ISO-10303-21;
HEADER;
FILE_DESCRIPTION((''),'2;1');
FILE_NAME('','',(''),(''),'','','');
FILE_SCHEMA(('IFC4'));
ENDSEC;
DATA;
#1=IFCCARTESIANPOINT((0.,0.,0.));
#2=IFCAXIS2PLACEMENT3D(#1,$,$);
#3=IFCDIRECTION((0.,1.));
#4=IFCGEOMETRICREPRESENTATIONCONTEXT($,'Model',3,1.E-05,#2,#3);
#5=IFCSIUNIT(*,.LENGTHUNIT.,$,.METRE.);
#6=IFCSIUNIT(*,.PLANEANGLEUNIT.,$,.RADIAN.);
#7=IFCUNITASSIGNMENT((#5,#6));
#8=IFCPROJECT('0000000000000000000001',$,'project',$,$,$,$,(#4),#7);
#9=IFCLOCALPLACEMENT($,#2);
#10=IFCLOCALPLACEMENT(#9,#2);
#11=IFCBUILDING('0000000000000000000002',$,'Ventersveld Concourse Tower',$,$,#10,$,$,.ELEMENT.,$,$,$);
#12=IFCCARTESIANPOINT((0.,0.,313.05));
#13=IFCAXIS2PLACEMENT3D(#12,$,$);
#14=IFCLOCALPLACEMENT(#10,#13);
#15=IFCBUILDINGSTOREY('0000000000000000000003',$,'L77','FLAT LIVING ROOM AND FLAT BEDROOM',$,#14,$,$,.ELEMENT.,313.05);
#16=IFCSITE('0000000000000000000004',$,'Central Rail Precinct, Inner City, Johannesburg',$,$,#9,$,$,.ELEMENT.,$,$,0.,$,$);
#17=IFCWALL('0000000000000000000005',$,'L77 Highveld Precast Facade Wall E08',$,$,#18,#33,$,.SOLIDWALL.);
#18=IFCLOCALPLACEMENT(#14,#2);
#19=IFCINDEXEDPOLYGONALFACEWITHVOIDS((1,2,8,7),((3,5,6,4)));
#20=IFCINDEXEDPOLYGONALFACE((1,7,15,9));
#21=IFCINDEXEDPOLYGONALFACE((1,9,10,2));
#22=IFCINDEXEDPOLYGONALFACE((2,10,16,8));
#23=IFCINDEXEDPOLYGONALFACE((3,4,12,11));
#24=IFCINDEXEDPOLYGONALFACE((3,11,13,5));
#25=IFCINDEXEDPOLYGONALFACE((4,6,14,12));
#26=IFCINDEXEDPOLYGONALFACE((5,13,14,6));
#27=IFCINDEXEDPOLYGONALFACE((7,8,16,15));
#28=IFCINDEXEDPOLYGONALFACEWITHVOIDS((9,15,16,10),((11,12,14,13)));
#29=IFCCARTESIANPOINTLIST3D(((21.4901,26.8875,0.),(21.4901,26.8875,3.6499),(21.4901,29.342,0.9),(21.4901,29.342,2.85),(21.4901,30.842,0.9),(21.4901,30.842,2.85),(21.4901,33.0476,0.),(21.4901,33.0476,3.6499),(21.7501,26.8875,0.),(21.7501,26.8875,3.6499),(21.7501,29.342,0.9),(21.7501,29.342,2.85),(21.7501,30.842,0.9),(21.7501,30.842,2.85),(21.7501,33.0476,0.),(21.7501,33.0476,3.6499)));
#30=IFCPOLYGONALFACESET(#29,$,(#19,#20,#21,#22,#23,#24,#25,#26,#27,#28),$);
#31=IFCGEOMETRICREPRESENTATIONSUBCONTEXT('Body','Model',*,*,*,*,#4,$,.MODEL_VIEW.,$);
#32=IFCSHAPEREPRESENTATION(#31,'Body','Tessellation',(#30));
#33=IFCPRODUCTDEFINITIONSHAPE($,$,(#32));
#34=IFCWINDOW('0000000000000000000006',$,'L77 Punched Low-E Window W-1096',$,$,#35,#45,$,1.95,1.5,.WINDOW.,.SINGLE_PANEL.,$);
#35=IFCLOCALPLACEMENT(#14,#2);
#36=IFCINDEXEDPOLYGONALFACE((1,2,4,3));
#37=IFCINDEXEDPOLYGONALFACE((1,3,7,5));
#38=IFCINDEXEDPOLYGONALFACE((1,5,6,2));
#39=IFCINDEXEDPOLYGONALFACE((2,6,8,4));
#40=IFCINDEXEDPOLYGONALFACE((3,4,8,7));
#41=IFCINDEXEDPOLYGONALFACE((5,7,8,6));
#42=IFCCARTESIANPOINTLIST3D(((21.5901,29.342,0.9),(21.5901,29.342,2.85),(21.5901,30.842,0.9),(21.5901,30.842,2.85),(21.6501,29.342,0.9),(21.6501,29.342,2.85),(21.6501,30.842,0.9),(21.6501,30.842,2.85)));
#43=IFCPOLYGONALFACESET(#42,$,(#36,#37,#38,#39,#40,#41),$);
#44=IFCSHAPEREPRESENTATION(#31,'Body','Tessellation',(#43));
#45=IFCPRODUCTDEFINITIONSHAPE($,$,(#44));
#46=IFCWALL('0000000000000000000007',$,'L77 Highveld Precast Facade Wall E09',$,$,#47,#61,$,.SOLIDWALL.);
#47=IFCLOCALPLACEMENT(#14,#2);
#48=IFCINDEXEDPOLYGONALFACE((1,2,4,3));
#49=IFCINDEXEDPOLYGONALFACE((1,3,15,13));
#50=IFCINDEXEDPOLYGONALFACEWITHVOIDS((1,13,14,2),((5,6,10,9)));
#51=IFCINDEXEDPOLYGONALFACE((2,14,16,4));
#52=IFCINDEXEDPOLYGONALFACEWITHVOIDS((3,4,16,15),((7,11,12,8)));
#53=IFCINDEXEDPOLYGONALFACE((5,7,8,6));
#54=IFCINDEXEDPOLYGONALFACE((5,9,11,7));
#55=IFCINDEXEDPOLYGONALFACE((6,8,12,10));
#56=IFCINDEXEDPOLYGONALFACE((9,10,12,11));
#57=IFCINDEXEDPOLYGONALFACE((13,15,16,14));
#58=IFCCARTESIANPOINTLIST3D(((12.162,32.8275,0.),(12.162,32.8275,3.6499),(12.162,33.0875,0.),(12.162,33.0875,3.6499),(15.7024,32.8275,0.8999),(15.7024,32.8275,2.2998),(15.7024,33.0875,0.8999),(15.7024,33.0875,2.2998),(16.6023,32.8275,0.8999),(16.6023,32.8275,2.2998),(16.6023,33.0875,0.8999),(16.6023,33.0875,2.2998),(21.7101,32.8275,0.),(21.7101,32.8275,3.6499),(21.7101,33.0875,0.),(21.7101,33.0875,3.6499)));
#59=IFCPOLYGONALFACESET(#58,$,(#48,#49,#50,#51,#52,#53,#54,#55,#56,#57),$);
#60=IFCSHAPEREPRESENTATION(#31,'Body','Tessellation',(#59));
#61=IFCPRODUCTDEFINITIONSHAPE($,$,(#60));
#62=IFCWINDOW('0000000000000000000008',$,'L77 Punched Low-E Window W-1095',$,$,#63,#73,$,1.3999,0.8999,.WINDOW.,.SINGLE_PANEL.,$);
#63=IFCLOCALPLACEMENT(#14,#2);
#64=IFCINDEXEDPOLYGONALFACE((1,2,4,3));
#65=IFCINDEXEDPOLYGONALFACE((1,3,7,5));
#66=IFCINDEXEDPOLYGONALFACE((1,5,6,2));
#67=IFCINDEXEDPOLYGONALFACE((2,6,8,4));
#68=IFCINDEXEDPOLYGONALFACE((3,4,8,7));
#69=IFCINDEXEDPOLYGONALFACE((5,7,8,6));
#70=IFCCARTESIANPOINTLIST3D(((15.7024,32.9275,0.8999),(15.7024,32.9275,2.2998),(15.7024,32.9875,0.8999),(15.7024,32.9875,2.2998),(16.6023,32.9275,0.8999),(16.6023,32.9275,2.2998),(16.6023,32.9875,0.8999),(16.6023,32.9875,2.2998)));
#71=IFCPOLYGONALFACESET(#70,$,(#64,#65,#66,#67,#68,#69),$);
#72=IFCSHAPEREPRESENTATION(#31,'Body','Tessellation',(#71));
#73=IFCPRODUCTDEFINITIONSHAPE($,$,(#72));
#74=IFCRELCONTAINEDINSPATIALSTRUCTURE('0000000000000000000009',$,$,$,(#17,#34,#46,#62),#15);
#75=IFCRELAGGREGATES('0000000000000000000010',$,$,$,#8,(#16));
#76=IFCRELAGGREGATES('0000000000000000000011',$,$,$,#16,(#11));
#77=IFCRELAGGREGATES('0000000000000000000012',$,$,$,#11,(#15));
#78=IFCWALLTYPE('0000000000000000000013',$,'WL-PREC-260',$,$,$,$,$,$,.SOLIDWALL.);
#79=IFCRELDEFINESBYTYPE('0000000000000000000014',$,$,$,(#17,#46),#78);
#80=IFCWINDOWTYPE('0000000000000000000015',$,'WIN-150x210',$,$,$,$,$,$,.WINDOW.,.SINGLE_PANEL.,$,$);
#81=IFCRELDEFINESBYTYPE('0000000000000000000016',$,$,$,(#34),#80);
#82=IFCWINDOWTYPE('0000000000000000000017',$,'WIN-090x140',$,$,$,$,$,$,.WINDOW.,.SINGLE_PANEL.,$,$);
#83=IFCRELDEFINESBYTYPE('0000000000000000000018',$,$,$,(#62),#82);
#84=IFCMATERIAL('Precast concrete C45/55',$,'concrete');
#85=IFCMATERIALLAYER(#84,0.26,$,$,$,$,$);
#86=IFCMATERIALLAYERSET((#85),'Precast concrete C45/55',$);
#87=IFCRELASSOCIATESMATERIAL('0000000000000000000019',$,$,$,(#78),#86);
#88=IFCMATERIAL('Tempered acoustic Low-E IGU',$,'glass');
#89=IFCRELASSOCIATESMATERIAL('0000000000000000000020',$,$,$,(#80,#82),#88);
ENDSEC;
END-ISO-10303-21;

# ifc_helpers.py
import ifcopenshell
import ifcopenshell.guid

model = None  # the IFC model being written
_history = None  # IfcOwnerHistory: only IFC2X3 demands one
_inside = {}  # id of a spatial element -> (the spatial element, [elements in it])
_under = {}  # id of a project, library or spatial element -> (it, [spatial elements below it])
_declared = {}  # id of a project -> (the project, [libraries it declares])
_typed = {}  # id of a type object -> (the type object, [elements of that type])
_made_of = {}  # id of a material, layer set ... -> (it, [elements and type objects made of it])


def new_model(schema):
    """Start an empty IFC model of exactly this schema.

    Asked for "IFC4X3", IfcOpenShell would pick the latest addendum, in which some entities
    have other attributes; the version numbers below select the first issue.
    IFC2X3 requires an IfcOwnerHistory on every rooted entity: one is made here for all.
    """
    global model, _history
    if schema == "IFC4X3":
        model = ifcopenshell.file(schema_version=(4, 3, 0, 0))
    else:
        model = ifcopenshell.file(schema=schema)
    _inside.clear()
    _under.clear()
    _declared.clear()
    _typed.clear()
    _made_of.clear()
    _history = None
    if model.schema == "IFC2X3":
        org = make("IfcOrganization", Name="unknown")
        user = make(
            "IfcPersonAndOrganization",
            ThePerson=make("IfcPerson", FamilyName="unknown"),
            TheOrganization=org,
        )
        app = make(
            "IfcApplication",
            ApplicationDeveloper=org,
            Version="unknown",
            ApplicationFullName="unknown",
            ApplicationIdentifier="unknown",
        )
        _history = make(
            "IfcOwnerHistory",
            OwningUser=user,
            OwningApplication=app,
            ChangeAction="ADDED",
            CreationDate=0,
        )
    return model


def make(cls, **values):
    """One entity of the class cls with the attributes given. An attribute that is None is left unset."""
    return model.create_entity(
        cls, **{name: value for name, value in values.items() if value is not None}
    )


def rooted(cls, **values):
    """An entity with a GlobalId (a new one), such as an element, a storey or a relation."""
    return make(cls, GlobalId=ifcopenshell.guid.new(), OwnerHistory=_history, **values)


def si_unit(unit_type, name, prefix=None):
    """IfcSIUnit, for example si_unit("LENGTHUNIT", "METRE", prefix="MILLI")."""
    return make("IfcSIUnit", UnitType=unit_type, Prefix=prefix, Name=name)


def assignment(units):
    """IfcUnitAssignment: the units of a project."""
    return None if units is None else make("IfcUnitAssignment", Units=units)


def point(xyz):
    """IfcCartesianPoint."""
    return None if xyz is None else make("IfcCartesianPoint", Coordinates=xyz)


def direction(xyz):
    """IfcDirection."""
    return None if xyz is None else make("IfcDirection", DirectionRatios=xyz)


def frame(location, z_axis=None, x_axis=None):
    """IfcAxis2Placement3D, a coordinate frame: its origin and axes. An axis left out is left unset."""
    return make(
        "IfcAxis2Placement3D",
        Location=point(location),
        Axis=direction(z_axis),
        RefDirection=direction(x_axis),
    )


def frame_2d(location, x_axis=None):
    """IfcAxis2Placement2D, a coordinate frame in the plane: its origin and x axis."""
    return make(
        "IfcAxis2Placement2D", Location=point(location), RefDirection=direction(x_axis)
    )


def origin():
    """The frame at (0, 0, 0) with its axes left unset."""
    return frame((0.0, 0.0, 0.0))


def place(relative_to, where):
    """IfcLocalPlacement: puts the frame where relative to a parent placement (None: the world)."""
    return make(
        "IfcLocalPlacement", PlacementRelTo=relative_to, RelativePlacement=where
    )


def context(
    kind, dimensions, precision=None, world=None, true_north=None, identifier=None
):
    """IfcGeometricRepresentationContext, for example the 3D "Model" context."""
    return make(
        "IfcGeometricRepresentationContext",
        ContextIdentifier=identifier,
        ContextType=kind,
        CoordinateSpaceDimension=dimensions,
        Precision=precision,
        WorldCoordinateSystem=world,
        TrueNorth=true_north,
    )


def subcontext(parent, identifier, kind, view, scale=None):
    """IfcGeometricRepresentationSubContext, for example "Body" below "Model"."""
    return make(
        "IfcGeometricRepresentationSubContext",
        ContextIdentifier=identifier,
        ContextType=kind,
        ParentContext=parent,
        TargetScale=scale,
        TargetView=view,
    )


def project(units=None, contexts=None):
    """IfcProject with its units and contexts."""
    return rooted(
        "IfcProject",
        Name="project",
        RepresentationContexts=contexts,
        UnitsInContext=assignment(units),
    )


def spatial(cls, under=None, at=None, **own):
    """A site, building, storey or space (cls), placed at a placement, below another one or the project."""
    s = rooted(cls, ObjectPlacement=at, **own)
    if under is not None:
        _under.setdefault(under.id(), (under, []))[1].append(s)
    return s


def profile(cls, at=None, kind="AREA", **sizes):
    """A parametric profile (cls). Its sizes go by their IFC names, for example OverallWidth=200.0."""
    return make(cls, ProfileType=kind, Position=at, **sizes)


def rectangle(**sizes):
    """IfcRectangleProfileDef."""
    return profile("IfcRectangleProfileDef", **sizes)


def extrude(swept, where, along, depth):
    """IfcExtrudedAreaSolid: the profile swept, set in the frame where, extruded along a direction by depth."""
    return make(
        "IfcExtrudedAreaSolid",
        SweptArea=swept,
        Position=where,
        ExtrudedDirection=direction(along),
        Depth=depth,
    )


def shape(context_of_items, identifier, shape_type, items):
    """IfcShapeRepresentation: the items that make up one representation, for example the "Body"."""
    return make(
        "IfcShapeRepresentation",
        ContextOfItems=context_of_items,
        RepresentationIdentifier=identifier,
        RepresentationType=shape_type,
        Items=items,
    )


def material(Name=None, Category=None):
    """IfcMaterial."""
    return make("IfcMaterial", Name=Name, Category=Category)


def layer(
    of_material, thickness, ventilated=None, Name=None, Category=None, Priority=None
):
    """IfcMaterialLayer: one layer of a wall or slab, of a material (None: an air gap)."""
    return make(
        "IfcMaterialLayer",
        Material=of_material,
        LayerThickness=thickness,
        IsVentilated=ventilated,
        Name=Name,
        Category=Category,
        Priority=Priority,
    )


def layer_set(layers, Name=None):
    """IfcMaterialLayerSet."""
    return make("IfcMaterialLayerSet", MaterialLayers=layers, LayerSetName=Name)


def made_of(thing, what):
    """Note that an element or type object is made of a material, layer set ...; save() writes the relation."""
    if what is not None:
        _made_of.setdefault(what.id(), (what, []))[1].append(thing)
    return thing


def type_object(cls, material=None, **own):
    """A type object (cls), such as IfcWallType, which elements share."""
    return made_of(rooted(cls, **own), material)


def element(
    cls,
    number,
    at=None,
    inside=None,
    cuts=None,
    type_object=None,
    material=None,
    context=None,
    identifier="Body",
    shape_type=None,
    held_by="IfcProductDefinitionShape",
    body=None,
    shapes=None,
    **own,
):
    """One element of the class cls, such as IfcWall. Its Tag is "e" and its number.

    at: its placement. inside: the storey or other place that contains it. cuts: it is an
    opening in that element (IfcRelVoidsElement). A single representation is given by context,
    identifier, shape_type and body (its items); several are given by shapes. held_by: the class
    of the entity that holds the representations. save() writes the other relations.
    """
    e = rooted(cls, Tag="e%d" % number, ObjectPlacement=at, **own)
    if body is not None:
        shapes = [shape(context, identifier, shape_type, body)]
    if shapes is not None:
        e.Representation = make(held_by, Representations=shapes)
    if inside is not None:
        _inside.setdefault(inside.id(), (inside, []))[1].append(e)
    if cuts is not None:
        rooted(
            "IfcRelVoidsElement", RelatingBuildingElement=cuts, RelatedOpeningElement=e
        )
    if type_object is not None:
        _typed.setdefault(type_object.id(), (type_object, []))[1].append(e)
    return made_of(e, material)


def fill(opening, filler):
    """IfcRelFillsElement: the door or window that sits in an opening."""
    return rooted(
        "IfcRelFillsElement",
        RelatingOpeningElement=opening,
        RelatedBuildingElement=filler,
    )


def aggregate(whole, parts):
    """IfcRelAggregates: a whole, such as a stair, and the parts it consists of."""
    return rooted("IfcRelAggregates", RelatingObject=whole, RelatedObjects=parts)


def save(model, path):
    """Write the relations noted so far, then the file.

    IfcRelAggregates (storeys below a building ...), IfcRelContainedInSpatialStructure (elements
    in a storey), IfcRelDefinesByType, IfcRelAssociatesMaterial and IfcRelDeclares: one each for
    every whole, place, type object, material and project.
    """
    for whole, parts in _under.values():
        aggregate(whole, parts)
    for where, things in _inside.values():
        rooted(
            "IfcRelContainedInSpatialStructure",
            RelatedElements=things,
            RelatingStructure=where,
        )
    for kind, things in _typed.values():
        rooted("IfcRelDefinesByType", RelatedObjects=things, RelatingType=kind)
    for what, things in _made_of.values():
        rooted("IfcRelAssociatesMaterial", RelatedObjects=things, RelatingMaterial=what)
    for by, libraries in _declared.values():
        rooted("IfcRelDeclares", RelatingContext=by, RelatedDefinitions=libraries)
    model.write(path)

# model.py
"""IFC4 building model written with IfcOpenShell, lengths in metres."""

from ifc_helpers import new_model, si_unit, direction, frame, frame_2d, origin, place, context, subcontext, project, spatial, rectangle, extrude, material, layer, layer_set, type_object, element, fill, save


model = new_model("IFC4")

# Units and contexts
model_context = context("Model", 3, precision=1e-05, world=origin(), true_north=direction((0.0, 1.0)))
body_context = subcontext(model_context, "Body", "Model", "MODEL_VIEW")
ifc_project = project(units=[si_unit("LENGTHUNIT", "METRE"), si_unit("PLANEANGLEUNIT", "RADIAN")], contexts=[model_context])

# Site, building, storey
site_placement = place(None, origin())
site = spatial("IfcSite", under=ifc_project, at=site_placement, Name="Central Rail Precinct, Inner City, Johannesburg", CompositionType="ELEMENT", RefElevation=0.0)
building_placement = place(site_placement, origin())
building = spatial("IfcBuilding", under=site, at=building_placement, Name="Ventersveld Concourse Tower", CompositionType="ELEMENT")
storey_placement = place(building_placement, frame((0.0, 0.0, 313.05)))
storey = spatial("IfcBuildingStorey", under=building, at=storey_placement, Name="L77", Description="FLAT LIVING ROOM AND FLAT BEDROOM", CompositionType="ELEMENT", Elevation=313.05)

# Shared definitions
ifc_material_1 = material(Name="Precast concrete C45/55", Category="concrete")
ifc_layer_1 = layer(ifc_material_1, 0.26)
ifc_layer_set_1 = layer_set([ifc_layer_1], Name="Precast concrete C45/55")
wall_type_1 = type_object("IfcWallType", Name="WL-PREC-260", PredefinedType="SOLIDWALL", material=ifc_layer_set_1)

# Walls, openings, windows
wall_1_placement = place(storey_placement, frame((21.6201, 26.8875, 0.0), z_axis=(0.0, 0.0, 1.0), x_axis=(0.0, 1.0, 0.0)))
wall_1 = element("IfcWall", 1, at=wall_1_placement, inside=storey, type_object=wall_type_1, Name="L77 Highveld Precast Facade Wall E08", PredefinedType="SOLIDWALL", context=body_context, shape_type="SweptSolid", body=[
    extrude(rectangle(XDim=6.1602, YDim=0.26, at=frame_2d((3.0801, 0.0))), origin(), (0.0, 0.0, 1.0), 3.6499),
])
opening_1_placement = place(wall_1_placement, frame((2.4546, 0.0, 0.8999)))
opening_1 = element("IfcOpeningElement", 2, at=opening_1_placement, cuts=wall_1, PredefinedType="OPENING", context=body_context, shape_type="SweptSolid", body=[
    extrude(rectangle(XDim=1.5, YDim=1.95, at=frame_2d((0.75, 0.9751))), frame((0.0, 0.1401, 0.0), z_axis=(0.0, -1.0, 0.0), x_axis=(1.0, 0.0, 0.0)), (0.0, 0.0, 1.0), 0.28),
])
ifc_material_2 = material(Name="Tempered acoustic Low-E IGU", Category="glass")
window_type_1 = type_object("IfcWindowType", Name="WIN-150x210", PartitioningType="SINGLE_PANEL", PredefinedType="WINDOW", material=ifc_material_2)
window_1_placement = place(opening_1_placement, origin())
window_1 = element("IfcWindow", 3, at=window_1_placement, inside=storey, type_object=window_type_1, Name="L77 Punched Low-E Window W-1096", OverallHeight=1.95, OverallWidth=1.5, PartitioningType="SINGLE_PANEL", PredefinedType="WINDOW", context=body_context, shape_type="SweptSolid", body=[
    extrude(rectangle(XDim=1.5, YDim=1.95, at=frame_2d((0.75, 0.9751))), frame((0.0, 0.03, 0.0), z_axis=(0.0, -1.0, 0.0), x_axis=(1.0, 0.0, 0.0)), (0.0, 0.0, 1.0), 0.0601),
])
fill(opening_1, window_1)
wall_2_placement = place(storey_placement, frame((21.71, 32.9575, 0.0), z_axis=(0.0, 0.0, 1.0), x_axis=(-1.0, 0.0, 0.0)))
wall_2 = element("IfcWall", 4, at=wall_2_placement, inside=storey, type_object=wall_type_1, Name="L77 Highveld Precast Facade Wall E09", PredefinedType="SOLIDWALL", context=body_context, shape_type="SweptSolid", body=[
    extrude(rectangle(XDim=9.5481, YDim=0.26, at=frame_2d((4.7739, 0.0))), origin(), (0.0, 0.0, 1.0), 3.6499),
])
opening_2_placement = place(wall_2_placement, frame((5.1077, 0.0, 0.8999)))
opening_2 = element("IfcOpeningElement", 5, at=opening_2_placement, cuts=wall_2, PredefinedType="OPENING", context=body_context, shape_type="SweptSolid", body=[
    extrude(rectangle(XDim=0.8999, YDim=1.3999, at=frame_2d((0.45, 0.7))), frame((0.0, 0.1401, 0.0), z_axis=(0.0, -1.0, 0.0), x_axis=(1.0, 0.0, 0.0)), (0.0, 0.0, 1.0), 0.28),
])
window_type_2 = type_object("IfcWindowType", Name="WIN-090x140", PartitioningType="SINGLE_PANEL", PredefinedType="WINDOW", material=ifc_material_2)
window_2_placement = place(opening_2_placement, origin())
window_2 = element("IfcWindow", 6, at=window_2_placement, inside=storey, type_object=window_type_2, Name="L77 Punched Low-E Window W-1095", OverallHeight=1.3999, OverallWidth=0.8999, PartitioningType="SINGLE_PANEL", PredefinedType="WINDOW", context=body_context, shape_type="SweptSolid", body=[
    extrude(rectangle(XDim=0.8999, YDim=1.3999, at=frame_2d((0.45, 0.7))), frame((0.0, 0.03, 0.0), z_axis=(0.0, -1.0, 0.0), x_axis=(1.0, 0.0, 0.0)), (0.0, 0.0, 1.0), 0.0601),
])
fill(opening_2, window_2)

save(model, "model.ifc")
